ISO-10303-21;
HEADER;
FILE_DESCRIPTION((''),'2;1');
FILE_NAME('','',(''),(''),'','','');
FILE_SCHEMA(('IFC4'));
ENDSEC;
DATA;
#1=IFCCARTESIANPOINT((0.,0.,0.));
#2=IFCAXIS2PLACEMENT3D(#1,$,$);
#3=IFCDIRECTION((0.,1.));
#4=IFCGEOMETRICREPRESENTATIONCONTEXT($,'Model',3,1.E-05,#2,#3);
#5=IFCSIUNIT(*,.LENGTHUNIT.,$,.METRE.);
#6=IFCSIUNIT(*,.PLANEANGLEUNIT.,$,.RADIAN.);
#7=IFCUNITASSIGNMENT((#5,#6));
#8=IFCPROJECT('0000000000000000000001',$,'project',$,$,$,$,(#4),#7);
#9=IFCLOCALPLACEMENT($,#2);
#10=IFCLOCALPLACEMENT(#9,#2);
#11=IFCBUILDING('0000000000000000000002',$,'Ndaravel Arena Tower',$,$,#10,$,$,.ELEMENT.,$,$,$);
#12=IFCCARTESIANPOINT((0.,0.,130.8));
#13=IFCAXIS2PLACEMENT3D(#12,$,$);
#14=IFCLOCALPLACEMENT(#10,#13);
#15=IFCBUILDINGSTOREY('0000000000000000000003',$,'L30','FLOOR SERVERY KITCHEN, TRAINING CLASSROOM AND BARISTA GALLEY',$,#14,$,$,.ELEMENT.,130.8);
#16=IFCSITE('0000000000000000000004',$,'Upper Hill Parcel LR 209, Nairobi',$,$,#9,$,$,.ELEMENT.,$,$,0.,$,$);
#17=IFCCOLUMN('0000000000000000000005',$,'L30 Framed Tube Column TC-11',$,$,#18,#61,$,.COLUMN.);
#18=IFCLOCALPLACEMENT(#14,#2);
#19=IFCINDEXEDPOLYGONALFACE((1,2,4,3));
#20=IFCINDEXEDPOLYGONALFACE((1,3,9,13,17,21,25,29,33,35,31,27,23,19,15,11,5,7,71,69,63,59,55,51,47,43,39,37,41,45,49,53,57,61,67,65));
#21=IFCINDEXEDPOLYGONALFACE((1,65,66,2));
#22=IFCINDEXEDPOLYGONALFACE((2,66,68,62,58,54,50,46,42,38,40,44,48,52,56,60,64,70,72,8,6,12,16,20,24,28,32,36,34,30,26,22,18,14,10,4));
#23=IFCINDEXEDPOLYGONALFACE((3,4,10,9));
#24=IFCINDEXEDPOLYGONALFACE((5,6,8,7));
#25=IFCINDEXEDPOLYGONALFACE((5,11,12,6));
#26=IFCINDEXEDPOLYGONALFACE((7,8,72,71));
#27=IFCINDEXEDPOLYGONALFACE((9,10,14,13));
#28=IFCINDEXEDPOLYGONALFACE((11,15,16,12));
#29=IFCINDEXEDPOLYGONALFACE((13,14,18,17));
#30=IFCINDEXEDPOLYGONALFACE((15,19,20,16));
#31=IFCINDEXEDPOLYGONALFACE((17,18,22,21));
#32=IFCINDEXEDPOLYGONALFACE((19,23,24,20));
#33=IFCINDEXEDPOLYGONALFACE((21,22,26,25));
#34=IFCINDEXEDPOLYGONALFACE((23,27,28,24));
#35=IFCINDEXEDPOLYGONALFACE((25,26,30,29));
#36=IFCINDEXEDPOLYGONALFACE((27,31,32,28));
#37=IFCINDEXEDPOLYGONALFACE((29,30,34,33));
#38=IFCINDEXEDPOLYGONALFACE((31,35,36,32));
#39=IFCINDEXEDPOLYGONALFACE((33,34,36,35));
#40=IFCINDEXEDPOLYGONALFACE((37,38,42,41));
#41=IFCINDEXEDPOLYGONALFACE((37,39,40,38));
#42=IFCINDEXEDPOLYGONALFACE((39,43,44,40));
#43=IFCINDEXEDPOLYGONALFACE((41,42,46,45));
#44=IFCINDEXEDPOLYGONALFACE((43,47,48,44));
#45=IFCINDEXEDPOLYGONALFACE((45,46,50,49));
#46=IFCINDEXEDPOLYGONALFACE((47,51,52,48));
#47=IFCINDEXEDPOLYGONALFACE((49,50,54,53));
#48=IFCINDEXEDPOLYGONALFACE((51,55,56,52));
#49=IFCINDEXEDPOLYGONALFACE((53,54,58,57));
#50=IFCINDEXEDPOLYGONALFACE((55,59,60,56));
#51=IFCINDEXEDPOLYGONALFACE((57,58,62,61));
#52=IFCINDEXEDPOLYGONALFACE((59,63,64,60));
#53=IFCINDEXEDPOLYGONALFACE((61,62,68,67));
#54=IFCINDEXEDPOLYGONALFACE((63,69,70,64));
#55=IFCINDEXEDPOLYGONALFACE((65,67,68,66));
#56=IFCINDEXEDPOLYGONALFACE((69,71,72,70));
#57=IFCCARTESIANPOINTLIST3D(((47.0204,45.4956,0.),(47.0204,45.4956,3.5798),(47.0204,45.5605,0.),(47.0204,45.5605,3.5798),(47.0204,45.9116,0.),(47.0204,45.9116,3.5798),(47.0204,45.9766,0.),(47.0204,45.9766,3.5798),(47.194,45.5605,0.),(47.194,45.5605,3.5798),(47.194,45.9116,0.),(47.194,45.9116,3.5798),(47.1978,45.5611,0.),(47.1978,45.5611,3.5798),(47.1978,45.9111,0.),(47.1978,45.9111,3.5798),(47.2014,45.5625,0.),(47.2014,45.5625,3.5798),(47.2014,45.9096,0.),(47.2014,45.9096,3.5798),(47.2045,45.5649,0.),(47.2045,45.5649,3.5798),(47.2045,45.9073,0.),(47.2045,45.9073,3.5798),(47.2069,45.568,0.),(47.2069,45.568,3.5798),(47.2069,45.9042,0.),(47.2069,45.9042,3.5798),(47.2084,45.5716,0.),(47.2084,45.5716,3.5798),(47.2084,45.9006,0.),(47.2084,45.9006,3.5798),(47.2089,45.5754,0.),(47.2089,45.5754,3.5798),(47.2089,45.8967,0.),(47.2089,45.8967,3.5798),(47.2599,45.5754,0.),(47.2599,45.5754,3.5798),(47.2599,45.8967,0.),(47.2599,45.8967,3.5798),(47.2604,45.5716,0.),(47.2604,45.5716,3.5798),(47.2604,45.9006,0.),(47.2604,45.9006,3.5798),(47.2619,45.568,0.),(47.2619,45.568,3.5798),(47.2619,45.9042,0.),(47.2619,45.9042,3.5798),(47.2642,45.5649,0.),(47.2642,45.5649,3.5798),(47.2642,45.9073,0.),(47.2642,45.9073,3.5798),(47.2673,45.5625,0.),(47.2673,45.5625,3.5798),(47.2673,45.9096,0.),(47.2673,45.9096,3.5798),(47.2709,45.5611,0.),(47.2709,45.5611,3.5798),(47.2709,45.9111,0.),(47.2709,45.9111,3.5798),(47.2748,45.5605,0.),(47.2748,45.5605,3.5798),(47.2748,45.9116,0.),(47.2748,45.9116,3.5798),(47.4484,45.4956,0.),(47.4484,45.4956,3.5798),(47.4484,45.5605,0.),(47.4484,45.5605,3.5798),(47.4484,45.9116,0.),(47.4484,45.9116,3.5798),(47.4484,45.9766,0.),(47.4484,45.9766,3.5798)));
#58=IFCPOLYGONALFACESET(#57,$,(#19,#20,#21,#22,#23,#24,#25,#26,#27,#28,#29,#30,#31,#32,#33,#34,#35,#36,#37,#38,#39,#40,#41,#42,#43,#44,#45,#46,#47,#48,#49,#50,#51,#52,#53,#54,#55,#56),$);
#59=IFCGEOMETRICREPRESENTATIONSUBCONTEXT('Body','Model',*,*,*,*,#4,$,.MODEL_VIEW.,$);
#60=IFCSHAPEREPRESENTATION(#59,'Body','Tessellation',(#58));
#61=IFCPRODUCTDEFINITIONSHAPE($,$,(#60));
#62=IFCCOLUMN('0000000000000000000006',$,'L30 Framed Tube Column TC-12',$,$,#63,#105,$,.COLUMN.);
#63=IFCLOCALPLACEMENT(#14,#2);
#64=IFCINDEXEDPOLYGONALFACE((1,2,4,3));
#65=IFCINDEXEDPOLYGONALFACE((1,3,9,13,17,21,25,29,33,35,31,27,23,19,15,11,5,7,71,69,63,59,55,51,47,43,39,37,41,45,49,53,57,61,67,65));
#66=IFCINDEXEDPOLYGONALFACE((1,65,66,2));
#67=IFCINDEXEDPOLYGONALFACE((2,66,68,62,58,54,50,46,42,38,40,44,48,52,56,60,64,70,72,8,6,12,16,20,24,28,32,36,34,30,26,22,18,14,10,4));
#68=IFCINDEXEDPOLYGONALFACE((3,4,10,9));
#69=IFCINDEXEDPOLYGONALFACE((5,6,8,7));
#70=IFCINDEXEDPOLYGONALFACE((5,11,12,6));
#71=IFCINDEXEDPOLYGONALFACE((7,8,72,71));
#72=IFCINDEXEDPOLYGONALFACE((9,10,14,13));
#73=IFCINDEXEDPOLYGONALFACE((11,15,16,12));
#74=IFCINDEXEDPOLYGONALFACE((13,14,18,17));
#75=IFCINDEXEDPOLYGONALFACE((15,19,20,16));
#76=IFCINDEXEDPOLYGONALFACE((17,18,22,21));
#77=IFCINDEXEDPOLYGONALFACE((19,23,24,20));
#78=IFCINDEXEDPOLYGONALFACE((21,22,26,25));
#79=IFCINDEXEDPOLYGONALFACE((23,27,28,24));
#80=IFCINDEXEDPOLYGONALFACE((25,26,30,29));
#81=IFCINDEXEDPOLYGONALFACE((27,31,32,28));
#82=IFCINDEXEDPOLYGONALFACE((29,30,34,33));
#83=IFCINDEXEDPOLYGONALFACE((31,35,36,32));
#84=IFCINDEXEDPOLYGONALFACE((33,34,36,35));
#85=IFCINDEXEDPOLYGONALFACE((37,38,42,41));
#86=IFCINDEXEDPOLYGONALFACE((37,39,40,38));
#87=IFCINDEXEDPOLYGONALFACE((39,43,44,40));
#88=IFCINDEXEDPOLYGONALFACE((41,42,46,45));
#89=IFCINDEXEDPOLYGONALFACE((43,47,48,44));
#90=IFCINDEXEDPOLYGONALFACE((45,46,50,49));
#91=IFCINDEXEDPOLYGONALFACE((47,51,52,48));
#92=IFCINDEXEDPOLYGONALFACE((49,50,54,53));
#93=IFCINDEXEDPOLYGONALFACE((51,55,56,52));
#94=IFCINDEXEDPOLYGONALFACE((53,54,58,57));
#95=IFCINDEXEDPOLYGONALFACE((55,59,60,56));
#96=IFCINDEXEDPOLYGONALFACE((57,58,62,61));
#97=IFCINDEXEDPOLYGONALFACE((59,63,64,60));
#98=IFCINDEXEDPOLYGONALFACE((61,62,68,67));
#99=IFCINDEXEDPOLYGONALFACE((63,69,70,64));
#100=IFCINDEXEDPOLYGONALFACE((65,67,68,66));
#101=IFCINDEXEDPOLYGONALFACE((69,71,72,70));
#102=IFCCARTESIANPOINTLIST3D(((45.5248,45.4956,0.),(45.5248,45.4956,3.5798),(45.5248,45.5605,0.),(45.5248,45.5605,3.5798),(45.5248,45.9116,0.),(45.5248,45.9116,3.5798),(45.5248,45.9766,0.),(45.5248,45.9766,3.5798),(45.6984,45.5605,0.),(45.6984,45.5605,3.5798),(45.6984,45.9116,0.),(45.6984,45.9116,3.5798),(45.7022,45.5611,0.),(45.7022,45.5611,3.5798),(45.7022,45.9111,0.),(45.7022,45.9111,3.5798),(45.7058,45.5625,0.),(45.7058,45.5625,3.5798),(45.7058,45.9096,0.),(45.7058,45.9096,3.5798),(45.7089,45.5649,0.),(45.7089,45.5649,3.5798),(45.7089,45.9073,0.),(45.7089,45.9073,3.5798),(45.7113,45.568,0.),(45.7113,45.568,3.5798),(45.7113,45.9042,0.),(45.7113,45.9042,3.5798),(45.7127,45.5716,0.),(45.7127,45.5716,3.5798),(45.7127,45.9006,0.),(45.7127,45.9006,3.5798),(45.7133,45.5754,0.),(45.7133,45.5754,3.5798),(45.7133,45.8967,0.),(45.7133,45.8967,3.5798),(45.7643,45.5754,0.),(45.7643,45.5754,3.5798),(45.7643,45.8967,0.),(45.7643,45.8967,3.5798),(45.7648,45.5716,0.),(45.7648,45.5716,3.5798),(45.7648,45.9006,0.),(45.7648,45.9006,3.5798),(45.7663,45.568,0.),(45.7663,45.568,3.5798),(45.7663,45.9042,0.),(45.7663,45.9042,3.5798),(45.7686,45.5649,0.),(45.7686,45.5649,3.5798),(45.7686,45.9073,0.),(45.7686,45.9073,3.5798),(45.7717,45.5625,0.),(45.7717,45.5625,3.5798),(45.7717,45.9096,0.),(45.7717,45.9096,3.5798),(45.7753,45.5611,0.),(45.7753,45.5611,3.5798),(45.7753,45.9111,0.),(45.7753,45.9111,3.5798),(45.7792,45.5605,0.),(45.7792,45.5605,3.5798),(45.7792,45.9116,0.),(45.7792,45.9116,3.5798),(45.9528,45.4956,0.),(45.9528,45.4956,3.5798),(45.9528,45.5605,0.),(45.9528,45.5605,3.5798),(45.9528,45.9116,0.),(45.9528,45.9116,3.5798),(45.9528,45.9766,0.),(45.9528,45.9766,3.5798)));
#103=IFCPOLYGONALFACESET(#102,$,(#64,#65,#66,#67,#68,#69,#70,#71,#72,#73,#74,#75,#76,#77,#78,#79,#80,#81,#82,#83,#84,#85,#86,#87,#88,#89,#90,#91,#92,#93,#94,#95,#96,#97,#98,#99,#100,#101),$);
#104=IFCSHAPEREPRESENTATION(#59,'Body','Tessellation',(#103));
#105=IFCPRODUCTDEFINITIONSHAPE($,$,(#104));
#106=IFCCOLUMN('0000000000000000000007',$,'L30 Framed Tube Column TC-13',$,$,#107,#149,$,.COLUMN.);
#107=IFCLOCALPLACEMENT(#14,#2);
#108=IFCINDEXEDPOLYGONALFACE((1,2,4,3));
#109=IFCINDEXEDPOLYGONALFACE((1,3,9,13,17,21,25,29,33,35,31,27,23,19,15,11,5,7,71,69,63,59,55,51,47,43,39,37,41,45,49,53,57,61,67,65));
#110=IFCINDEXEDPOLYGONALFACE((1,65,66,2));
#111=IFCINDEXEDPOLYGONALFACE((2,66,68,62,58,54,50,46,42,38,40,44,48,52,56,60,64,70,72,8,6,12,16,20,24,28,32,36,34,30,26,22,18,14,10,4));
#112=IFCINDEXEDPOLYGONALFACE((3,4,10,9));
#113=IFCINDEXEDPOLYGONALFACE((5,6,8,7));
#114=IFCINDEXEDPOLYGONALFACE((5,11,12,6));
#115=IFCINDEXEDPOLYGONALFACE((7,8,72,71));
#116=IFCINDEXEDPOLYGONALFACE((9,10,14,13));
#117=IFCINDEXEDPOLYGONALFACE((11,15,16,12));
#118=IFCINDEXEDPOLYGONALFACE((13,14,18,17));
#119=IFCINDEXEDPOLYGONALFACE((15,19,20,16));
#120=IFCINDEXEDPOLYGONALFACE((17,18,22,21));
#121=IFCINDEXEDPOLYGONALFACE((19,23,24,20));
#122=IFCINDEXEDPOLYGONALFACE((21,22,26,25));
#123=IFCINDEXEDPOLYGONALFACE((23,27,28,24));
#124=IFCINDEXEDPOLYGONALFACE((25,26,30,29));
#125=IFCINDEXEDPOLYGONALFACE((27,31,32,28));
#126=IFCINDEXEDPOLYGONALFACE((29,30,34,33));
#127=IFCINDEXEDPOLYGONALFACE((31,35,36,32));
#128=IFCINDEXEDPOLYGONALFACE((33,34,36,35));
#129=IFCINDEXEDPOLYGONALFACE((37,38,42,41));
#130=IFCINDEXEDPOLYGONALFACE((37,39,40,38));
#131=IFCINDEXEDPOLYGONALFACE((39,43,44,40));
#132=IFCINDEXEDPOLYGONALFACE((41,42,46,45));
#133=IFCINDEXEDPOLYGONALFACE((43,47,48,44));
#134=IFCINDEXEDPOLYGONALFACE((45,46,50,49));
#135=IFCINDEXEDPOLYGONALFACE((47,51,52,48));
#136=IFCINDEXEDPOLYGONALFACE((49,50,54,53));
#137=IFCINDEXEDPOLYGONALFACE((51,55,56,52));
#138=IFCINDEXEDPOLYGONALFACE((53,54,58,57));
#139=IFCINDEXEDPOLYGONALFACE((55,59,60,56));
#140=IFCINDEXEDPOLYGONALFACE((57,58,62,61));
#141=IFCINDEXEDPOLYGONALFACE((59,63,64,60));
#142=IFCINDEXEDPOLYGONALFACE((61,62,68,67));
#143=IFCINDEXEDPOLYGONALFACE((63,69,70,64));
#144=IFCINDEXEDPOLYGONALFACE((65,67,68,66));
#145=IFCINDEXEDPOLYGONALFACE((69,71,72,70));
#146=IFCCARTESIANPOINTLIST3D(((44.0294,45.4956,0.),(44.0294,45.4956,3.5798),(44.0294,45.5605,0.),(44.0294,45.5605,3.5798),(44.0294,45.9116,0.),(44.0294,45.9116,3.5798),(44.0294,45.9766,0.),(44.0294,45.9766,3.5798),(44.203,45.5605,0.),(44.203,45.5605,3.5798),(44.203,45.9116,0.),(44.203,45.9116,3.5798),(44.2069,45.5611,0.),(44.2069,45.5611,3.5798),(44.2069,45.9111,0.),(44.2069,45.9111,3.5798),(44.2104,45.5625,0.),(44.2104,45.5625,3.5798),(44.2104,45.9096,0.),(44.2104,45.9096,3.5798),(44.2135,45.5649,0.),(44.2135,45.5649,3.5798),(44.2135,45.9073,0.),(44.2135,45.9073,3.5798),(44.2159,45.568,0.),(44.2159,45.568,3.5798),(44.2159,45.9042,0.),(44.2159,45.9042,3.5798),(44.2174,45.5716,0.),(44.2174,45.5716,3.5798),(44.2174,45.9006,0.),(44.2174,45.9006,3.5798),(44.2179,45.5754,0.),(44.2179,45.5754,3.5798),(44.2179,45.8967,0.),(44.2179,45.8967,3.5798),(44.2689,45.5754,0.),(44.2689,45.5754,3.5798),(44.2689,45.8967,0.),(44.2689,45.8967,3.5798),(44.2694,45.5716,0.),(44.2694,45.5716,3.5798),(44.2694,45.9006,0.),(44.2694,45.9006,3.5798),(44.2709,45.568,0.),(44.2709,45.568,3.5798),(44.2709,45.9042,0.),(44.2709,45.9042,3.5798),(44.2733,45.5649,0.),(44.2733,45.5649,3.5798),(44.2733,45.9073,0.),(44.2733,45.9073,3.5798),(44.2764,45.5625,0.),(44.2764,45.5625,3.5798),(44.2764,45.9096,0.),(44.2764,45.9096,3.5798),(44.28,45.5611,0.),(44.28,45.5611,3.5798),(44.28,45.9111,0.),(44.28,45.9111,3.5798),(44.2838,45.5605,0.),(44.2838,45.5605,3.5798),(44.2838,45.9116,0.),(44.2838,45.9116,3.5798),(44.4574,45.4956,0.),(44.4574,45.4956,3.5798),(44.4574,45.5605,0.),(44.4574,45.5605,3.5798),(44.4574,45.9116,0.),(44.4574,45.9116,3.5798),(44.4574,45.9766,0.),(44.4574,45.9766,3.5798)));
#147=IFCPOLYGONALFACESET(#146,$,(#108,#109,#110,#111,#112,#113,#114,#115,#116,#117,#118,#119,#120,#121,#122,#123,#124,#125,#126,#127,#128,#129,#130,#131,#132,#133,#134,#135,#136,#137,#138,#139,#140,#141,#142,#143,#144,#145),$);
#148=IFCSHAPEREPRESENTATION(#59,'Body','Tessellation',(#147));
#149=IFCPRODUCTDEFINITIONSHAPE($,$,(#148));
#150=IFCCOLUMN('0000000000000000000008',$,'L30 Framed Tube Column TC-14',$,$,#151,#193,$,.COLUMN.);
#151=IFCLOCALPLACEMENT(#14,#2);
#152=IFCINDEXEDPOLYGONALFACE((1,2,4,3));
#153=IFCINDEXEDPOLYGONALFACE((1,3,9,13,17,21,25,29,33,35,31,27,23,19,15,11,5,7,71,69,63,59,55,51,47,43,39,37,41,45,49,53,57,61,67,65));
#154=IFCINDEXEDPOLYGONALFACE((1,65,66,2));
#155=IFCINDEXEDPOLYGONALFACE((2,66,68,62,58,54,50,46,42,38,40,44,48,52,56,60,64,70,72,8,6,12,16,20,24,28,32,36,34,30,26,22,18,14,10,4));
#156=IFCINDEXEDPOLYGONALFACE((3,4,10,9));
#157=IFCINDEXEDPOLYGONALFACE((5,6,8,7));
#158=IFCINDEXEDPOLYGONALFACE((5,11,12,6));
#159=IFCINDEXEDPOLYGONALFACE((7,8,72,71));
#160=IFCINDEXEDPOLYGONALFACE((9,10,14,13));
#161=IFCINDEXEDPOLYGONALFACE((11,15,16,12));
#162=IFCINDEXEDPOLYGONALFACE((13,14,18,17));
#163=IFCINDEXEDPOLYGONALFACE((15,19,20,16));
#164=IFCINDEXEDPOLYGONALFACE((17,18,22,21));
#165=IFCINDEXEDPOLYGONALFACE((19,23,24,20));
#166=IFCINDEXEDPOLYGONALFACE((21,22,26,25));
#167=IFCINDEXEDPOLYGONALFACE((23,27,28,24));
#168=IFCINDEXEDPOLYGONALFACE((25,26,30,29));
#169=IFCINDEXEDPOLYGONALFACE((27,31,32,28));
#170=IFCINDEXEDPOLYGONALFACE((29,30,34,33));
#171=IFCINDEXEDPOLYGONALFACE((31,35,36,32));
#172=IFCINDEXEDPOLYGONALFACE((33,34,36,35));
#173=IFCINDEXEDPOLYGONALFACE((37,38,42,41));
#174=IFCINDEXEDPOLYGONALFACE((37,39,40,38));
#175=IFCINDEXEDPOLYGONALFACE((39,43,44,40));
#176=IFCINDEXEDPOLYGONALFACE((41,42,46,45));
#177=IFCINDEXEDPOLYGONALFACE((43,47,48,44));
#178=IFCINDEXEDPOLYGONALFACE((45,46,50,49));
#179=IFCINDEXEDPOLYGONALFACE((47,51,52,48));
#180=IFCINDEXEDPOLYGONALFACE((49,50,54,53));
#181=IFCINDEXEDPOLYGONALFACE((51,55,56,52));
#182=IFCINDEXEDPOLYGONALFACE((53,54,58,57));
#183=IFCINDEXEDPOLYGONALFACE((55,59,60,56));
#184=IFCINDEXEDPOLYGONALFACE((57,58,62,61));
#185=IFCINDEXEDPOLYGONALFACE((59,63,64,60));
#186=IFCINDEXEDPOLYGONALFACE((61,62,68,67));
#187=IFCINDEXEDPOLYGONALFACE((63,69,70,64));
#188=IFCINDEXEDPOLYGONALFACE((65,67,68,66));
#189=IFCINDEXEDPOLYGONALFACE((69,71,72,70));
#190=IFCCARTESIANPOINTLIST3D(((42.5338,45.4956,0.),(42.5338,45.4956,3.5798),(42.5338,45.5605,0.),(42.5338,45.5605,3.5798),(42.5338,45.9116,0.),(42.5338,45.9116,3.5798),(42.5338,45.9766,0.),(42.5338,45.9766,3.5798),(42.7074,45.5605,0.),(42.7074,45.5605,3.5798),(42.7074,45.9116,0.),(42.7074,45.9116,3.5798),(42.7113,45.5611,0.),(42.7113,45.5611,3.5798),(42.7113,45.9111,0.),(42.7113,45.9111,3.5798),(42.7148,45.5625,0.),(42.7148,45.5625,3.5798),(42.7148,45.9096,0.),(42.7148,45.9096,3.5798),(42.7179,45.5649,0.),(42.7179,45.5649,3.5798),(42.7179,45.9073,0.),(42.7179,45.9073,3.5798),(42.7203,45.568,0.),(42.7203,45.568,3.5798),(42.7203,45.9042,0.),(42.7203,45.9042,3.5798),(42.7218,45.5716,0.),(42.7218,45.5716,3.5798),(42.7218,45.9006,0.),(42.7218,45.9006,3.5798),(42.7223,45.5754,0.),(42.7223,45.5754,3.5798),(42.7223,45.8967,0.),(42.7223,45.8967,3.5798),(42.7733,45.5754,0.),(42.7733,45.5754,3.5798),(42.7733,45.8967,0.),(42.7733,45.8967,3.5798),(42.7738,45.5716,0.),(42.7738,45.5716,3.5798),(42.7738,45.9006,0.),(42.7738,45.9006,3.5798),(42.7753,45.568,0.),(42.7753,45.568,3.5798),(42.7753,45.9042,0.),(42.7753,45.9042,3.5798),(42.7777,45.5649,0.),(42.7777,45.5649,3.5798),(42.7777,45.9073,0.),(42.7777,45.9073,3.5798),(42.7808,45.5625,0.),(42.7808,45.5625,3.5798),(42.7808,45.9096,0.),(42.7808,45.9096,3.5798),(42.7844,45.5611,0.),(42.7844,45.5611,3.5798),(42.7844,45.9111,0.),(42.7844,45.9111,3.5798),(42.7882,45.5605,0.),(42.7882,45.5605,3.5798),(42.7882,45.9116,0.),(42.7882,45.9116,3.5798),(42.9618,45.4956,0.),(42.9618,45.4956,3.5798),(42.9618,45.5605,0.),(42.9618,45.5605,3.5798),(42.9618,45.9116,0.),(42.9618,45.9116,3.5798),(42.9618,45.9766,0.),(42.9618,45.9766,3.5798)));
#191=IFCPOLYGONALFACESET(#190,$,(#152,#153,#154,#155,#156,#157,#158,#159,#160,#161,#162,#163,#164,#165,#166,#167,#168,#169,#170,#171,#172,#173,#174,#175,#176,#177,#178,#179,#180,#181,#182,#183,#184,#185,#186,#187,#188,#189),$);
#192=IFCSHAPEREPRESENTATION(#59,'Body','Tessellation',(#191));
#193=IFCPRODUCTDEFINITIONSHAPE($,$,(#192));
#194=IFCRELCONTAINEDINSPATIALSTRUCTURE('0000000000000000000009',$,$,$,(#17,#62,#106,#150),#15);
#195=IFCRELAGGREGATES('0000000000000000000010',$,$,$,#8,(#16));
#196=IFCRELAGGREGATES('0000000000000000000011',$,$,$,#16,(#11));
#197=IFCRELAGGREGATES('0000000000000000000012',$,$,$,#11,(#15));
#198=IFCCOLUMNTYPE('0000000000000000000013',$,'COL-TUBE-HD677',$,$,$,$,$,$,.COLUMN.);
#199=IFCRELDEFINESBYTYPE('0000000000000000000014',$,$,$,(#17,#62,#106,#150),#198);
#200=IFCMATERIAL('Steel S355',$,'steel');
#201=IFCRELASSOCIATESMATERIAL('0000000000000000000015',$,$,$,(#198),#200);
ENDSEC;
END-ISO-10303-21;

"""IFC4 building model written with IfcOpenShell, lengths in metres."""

from ifc_helpers import new_model, si_unit, direction, frame, origin, origin_2d, place, context, subcontext, project, spatial, i_section, extrude, material, material_profile, profile_set, type_object, element, save


model = new_model("IFC4")

# Units and contexts
model_context = context("Model", 3, precision=1e-05, world=origin(), true_north=direction((0.0, 1.0)))
body_context = subcontext(model_context, "Body", "Model", "MODEL_VIEW")
ifc_project = project(units=[si_unit("LENGTHUNIT", "METRE"), si_unit("PLANEANGLEUNIT", "RADIAN")], contexts=[model_context])

# Site, building, storey
site_placement = place(None, origin())
site = spatial("IfcSite", under=ifc_project, at=site_placement, Name="Upper Hill Parcel LR 209, Nairobi", CompositionType="ELEMENT", RefElevation=0.0)
building_placement = place(site_placement, origin())
building = spatial("IfcBuilding", under=site, at=building_placement, Name="Ndaravel Arena Tower", CompositionType="ELEMENT")
storey_placement = place(building_placement, frame((0.0, 0.0, 130.8)))
storey = spatial("IfcBuildingStorey", under=building, at=storey_placement, Name="L30", Description="FLOOR SERVERY KITCHEN, TRAINING CLASSROOM AND BARISTA GALLEY", CompositionType="ELEMENT", Elevation=130.8)

# Columns
ifc_material_1 = material(Name="Steel S355", Category="steel")
ifc_material_profile_1 = material_profile(ifc_material_1, i_section(OverallWidth=0.428, OverallDepth=0.481, WebThickness=0.051, FlangeThickness=0.0649, FilletRadius=0.0149, at=origin_2d()), Name="HD 400x677")
ifc_profile_set_1 = profile_set([ifc_material_profile_1], Name="Steel S355")
column_type = type_object("IfcColumnType", Name="COL-TUBE-HD677", PredefinedType="COLUMN", material=ifc_profile_set_1)
for number, where, z_axis, x_axis, name in (
    (1, (47.2344, 45.7361, 0.0), (0.0, 0.0, 1.0), (1.0, 0.0, 0.0), "L30 Framed Tube Column TC-11"),
    (2, (45.7388, 45.7361, 0.0), (0.0, 0.0, 1.0), (1.0, 0.0, 0.0), "L30 Framed Tube Column TC-12"),
    (3, (44.2434, 45.7361, 0.0), (0.0, 0.0, 1.0), (1.0, 0.0, 0.0), "L30 Framed Tube Column TC-13"),
    (4, (42.7478, 45.7361, 0.0), (0.0, 0.0, 1.0), (1.0, 0.0, 0.0), "L30 Framed Tube Column TC-14"),
):
    element("IfcColumn", number, at=place(storey_placement, frame(where, z_axis=z_axis, x_axis=x_axis)), inside=storey, type_object=column_type, Name=name, PredefinedType="COLUMN", context=body_context, shape_type="SweptSolid", body=[
        extrude(i_section(OverallWidth=0.428, OverallDepth=0.481, WebThickness=0.051, FlangeThickness=0.0649, FilletRadius=0.0149, at=origin_2d()), origin(), (0.0, 0.0, 1.0), 3.5798),
    ])

save(model, "model.ifc")
